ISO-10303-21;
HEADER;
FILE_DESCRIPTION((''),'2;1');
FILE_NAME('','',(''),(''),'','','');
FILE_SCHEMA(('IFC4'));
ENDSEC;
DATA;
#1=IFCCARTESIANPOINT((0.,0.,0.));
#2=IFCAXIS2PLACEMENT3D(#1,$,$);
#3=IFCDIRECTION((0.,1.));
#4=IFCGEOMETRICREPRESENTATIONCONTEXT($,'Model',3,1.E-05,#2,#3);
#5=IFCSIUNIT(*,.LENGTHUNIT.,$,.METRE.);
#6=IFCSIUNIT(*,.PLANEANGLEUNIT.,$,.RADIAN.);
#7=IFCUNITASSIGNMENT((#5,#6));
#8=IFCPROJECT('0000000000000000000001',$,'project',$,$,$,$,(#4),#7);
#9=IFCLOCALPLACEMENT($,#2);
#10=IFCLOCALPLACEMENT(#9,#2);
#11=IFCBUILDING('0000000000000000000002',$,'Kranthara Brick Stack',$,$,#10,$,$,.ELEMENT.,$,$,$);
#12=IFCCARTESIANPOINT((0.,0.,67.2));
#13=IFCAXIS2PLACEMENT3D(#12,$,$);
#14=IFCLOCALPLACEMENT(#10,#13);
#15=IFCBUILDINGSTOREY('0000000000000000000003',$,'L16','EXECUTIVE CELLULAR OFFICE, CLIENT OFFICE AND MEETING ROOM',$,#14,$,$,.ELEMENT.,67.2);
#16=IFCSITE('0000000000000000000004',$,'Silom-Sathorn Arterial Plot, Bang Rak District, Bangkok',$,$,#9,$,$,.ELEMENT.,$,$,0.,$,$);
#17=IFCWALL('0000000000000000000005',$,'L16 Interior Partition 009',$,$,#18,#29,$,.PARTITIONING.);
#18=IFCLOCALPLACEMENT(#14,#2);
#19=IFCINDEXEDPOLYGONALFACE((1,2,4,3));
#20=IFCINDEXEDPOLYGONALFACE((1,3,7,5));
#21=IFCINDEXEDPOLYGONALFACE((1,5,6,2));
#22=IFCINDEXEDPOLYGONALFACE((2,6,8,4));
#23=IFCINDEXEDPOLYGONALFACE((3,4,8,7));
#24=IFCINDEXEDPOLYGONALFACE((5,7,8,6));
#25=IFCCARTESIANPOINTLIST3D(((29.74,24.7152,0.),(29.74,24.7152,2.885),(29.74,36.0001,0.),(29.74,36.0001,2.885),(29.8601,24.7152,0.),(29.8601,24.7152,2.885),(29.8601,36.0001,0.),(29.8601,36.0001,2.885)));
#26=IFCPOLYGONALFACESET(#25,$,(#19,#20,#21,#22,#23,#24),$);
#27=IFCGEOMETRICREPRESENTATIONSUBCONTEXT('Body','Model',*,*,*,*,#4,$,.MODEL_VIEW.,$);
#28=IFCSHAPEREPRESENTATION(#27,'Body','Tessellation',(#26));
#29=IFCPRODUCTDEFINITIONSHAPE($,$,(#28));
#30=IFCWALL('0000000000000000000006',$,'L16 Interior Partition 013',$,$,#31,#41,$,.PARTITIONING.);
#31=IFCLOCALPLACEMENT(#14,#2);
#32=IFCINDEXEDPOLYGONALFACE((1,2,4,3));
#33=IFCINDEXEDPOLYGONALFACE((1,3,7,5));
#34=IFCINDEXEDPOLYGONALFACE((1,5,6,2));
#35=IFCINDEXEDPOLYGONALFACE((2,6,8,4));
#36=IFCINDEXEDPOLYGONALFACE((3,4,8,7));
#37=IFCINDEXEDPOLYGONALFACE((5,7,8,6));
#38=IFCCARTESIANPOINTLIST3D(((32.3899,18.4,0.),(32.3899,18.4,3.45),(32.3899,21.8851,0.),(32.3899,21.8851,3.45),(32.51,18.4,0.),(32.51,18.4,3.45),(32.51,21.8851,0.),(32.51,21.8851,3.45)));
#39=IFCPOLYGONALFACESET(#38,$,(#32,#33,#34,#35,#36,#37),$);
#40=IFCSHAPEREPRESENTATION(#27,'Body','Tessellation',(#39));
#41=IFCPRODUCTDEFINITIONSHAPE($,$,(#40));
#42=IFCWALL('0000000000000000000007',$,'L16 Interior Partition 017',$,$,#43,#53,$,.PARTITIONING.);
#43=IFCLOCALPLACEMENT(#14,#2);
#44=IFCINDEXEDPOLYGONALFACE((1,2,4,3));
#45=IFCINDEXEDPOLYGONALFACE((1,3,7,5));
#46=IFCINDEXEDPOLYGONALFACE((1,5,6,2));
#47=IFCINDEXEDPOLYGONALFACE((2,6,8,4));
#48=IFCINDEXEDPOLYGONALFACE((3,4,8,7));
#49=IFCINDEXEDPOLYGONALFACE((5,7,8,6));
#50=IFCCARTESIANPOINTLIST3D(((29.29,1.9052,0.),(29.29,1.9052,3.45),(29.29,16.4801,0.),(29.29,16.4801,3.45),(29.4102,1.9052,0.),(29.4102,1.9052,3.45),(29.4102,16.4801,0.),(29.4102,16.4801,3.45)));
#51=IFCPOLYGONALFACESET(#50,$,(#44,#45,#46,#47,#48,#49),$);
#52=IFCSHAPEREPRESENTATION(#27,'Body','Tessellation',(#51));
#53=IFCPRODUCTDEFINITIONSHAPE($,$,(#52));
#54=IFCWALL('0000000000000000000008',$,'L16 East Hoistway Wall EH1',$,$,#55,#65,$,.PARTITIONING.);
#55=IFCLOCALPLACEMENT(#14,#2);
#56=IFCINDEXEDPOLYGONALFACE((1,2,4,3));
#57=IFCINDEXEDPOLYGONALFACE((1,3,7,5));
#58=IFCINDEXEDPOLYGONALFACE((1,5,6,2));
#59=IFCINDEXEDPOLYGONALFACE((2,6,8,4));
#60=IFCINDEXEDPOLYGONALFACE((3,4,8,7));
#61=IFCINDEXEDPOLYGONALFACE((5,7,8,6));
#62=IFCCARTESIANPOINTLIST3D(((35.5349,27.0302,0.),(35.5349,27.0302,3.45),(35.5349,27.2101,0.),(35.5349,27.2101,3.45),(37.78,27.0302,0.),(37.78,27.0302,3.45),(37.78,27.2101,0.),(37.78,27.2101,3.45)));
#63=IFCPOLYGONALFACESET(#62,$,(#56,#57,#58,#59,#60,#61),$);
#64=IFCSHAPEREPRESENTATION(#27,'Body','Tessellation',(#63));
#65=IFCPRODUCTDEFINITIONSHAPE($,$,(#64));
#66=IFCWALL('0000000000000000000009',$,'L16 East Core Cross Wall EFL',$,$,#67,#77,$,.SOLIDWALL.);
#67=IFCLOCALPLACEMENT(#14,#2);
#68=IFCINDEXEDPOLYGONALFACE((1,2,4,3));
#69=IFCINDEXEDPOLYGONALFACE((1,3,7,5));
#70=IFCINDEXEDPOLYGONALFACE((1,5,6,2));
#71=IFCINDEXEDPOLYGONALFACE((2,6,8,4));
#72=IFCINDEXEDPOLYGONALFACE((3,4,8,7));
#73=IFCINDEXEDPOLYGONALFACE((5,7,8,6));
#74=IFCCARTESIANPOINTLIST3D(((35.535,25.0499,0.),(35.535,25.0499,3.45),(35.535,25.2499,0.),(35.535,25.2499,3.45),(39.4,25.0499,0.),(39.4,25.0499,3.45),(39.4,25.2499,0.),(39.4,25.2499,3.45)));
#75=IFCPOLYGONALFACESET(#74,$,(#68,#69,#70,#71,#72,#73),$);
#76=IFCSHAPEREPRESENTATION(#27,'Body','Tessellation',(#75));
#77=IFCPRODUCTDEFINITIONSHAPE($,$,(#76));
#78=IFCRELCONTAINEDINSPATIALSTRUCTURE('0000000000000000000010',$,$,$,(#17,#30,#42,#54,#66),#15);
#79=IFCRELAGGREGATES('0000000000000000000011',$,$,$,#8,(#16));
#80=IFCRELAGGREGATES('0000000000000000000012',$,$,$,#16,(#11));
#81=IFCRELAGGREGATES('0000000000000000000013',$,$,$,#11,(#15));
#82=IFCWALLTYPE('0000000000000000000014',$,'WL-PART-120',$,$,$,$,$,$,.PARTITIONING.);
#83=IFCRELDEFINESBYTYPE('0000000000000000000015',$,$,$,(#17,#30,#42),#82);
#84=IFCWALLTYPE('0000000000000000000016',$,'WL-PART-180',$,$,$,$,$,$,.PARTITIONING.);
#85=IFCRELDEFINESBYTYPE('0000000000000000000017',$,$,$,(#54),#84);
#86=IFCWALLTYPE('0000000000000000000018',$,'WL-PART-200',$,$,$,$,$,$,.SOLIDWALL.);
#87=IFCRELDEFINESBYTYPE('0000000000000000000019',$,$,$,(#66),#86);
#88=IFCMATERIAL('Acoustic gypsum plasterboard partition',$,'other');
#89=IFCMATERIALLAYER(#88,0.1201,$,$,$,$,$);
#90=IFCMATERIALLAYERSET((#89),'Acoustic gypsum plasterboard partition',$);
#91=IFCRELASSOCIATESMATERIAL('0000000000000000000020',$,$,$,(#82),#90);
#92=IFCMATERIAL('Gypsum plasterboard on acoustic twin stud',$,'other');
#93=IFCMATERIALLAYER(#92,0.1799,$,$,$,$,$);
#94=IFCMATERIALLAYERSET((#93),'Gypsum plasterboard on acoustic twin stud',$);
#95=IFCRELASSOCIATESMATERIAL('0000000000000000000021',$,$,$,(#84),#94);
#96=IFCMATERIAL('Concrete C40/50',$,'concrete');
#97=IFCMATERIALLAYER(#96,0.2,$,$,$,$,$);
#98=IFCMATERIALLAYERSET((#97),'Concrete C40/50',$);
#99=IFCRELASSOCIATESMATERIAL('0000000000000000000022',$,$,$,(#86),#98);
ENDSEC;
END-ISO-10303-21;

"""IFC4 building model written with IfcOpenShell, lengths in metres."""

from ifc_helpers import new_model, si_unit, direction, frame, frame_2d, origin, place, context, subcontext, project, spatial, rectangle, extrude, material, layer, layer_set, type_object, element, save


model = new_model("IFC4")

# Units and contexts
model_context = context("Model", 3, precision=1e-05, world=origin(), true_north=direction((0.0, 1.0)))
body_context = subcontext(model_context, "Body", "Model", "MODEL_VIEW")
ifc_project = project(units=[si_unit("LENGTHUNIT", "METRE"), si_unit("PLANEANGLEUNIT", "RADIAN")], contexts=[model_context])

# Site, building, storey
site_placement = place(None, origin())
site = spatial("IfcSite", under=ifc_project, at=site_placement, Name="Silom-Sathorn Arterial Plot, Bang Rak District, Bangkok", CompositionType="ELEMENT", RefElevation=0.0)
building_placement = place(site_placement, origin())
building = spatial("IfcBuilding", under=site, at=building_placement, Name="Kranthara Brick Stack", CompositionType="ELEMENT")
storey_placement = place(building_placement, frame((0.0, 0.0, 67.2)))
storey = spatial("IfcBuildingStorey", under=building, at=storey_placement, Name="L16", Description="EXECUTIVE CELLULAR OFFICE, CLIENT OFFICE AND MEETING ROOM", CompositionType="ELEMENT", Elevation=67.2)

# Walls
ifc_material_1 = material(Name="Acoustic gypsum plasterboard partition", Category="other")
ifc_layer_1 = layer(ifc_material_1, 0.1201)
ifc_layer_set_1 = layer_set([ifc_layer_1], Name="Acoustic gypsum plasterboard partition")
wall_type_1 = type_object("IfcWallType", Name="WL-PART-120", PredefinedType="PARTITIONING", material=ifc_layer_set_1)
wall_1_placement = place(storey_placement, frame((29.8, 24.7151, 0.0), z_axis=(0.0, 0.0, 1.0), x_axis=(0.0, 1.0, 0.0)))
element("IfcWall", 1, at=wall_1_placement, inside=storey, type_object=wall_type_1, Name="L16 Interior Partition 009", PredefinedType="PARTITIONING", context=body_context, shape_type="SweptSolid", body=[
    extrude(rectangle(XDim=11.2849, YDim=0.1201, at=frame_2d((5.6426, 0.0))), origin(), (0.0, 0.0, 1.0), 2.885),
])
wall_2_placement = place(storey_placement, frame((32.45, 18.3999, 0.0), z_axis=(0.0, 0.0, 1.0), x_axis=(0.0, 1.0, 0.0)))
element("IfcWall", 2, at=wall_2_placement, inside=storey, type_object=wall_type_1, Name="L16 Interior Partition 013", PredefinedType="PARTITIONING", context=body_context, shape_type="SweptSolid", body=[
    extrude(rectangle(XDim=3.4851, YDim=0.1201, at=frame_2d((1.7427, 0.0))), origin(), (0.0, 0.0, 1.0), 3.45),
])
wall_3_placement = place(storey_placement, frame((29.3501, 1.905, 0.0), z_axis=(0.0, 0.0, 1.0), x_axis=(0.0, 1.0, 0.0)))
element("IfcWall", 3, at=wall_3_placement, inside=storey, type_object=wall_type_1, Name="L16 Interior Partition 017", PredefinedType="PARTITIONING", context=body_context, shape_type="SweptSolid", body=[
    extrude(rectangle(XDim=14.575, YDim=0.1201, at=frame_2d((7.2876, 0.0))), origin(), (0.0, 0.0, 1.0), 3.45),
])
ifc_material_2 = material(Name="Gypsum plasterboard on acoustic twin stud", Category="other")
ifc_layer_2 = layer(ifc_material_2, 0.1799)
ifc_layer_set_2 = layer_set([ifc_layer_2], Name="Gypsum plasterboard on acoustic twin stud")
wall_type_2 = type_object("IfcWallType", Name="WL-PART-180", PredefinedType="PARTITIONING", material=ifc_layer_set_2)
wall_4_placement = place(storey_placement, frame((35.5349, 27.1201, 0.0), z_axis=(0.0, 0.0, 1.0), x_axis=(1.0, 0.0, 0.0)))
element("IfcWall", 4, at=wall_4_placement, inside=storey, type_object=wall_type_2, Name="L16 East Hoistway Wall EH1", PredefinedType="PARTITIONING", context=body_context, shape_type="SweptSolid", body=[
    extrude(rectangle(XDim=2.2451, YDim=0.1799, at=frame_2d((1.1226, 0.0))), origin(), (0.0, 0.0, 1.0), 3.45),
])
ifc_material_3 = material(Name="Concrete C40/50", Category="concrete")
ifc_layer_3 = layer(ifc_material_3, 0.2)
ifc_layer_set_3 = layer_set([ifc_layer_3], Name="Concrete C40/50")
wall_type_3 = type_object("IfcWallType", Name="WL-PART-200", PredefinedType="SOLIDWALL", material=ifc_layer_set_3)
wall_5_placement = place(storey_placement, frame((35.5349, 25.1499, 0.0), z_axis=(0.0, 0.0, 1.0), x_axis=(1.0, 0.0, 0.0)))
element("IfcWall", 5, at=wall_5_placement, inside=storey, type_object=wall_type_3, Name="L16 East Core Cross Wall EFL", PredefinedType="SOLIDWALL", context=body_context, shape_type="SweptSolid", body=[
    extrude(rectangle(XDim=3.865, YDim=0.2, at=frame_2d((1.9326, 0.0))), origin(), (0.0, 0.0, 1.0), 3.45),
])

save(model, "model.ifc")
